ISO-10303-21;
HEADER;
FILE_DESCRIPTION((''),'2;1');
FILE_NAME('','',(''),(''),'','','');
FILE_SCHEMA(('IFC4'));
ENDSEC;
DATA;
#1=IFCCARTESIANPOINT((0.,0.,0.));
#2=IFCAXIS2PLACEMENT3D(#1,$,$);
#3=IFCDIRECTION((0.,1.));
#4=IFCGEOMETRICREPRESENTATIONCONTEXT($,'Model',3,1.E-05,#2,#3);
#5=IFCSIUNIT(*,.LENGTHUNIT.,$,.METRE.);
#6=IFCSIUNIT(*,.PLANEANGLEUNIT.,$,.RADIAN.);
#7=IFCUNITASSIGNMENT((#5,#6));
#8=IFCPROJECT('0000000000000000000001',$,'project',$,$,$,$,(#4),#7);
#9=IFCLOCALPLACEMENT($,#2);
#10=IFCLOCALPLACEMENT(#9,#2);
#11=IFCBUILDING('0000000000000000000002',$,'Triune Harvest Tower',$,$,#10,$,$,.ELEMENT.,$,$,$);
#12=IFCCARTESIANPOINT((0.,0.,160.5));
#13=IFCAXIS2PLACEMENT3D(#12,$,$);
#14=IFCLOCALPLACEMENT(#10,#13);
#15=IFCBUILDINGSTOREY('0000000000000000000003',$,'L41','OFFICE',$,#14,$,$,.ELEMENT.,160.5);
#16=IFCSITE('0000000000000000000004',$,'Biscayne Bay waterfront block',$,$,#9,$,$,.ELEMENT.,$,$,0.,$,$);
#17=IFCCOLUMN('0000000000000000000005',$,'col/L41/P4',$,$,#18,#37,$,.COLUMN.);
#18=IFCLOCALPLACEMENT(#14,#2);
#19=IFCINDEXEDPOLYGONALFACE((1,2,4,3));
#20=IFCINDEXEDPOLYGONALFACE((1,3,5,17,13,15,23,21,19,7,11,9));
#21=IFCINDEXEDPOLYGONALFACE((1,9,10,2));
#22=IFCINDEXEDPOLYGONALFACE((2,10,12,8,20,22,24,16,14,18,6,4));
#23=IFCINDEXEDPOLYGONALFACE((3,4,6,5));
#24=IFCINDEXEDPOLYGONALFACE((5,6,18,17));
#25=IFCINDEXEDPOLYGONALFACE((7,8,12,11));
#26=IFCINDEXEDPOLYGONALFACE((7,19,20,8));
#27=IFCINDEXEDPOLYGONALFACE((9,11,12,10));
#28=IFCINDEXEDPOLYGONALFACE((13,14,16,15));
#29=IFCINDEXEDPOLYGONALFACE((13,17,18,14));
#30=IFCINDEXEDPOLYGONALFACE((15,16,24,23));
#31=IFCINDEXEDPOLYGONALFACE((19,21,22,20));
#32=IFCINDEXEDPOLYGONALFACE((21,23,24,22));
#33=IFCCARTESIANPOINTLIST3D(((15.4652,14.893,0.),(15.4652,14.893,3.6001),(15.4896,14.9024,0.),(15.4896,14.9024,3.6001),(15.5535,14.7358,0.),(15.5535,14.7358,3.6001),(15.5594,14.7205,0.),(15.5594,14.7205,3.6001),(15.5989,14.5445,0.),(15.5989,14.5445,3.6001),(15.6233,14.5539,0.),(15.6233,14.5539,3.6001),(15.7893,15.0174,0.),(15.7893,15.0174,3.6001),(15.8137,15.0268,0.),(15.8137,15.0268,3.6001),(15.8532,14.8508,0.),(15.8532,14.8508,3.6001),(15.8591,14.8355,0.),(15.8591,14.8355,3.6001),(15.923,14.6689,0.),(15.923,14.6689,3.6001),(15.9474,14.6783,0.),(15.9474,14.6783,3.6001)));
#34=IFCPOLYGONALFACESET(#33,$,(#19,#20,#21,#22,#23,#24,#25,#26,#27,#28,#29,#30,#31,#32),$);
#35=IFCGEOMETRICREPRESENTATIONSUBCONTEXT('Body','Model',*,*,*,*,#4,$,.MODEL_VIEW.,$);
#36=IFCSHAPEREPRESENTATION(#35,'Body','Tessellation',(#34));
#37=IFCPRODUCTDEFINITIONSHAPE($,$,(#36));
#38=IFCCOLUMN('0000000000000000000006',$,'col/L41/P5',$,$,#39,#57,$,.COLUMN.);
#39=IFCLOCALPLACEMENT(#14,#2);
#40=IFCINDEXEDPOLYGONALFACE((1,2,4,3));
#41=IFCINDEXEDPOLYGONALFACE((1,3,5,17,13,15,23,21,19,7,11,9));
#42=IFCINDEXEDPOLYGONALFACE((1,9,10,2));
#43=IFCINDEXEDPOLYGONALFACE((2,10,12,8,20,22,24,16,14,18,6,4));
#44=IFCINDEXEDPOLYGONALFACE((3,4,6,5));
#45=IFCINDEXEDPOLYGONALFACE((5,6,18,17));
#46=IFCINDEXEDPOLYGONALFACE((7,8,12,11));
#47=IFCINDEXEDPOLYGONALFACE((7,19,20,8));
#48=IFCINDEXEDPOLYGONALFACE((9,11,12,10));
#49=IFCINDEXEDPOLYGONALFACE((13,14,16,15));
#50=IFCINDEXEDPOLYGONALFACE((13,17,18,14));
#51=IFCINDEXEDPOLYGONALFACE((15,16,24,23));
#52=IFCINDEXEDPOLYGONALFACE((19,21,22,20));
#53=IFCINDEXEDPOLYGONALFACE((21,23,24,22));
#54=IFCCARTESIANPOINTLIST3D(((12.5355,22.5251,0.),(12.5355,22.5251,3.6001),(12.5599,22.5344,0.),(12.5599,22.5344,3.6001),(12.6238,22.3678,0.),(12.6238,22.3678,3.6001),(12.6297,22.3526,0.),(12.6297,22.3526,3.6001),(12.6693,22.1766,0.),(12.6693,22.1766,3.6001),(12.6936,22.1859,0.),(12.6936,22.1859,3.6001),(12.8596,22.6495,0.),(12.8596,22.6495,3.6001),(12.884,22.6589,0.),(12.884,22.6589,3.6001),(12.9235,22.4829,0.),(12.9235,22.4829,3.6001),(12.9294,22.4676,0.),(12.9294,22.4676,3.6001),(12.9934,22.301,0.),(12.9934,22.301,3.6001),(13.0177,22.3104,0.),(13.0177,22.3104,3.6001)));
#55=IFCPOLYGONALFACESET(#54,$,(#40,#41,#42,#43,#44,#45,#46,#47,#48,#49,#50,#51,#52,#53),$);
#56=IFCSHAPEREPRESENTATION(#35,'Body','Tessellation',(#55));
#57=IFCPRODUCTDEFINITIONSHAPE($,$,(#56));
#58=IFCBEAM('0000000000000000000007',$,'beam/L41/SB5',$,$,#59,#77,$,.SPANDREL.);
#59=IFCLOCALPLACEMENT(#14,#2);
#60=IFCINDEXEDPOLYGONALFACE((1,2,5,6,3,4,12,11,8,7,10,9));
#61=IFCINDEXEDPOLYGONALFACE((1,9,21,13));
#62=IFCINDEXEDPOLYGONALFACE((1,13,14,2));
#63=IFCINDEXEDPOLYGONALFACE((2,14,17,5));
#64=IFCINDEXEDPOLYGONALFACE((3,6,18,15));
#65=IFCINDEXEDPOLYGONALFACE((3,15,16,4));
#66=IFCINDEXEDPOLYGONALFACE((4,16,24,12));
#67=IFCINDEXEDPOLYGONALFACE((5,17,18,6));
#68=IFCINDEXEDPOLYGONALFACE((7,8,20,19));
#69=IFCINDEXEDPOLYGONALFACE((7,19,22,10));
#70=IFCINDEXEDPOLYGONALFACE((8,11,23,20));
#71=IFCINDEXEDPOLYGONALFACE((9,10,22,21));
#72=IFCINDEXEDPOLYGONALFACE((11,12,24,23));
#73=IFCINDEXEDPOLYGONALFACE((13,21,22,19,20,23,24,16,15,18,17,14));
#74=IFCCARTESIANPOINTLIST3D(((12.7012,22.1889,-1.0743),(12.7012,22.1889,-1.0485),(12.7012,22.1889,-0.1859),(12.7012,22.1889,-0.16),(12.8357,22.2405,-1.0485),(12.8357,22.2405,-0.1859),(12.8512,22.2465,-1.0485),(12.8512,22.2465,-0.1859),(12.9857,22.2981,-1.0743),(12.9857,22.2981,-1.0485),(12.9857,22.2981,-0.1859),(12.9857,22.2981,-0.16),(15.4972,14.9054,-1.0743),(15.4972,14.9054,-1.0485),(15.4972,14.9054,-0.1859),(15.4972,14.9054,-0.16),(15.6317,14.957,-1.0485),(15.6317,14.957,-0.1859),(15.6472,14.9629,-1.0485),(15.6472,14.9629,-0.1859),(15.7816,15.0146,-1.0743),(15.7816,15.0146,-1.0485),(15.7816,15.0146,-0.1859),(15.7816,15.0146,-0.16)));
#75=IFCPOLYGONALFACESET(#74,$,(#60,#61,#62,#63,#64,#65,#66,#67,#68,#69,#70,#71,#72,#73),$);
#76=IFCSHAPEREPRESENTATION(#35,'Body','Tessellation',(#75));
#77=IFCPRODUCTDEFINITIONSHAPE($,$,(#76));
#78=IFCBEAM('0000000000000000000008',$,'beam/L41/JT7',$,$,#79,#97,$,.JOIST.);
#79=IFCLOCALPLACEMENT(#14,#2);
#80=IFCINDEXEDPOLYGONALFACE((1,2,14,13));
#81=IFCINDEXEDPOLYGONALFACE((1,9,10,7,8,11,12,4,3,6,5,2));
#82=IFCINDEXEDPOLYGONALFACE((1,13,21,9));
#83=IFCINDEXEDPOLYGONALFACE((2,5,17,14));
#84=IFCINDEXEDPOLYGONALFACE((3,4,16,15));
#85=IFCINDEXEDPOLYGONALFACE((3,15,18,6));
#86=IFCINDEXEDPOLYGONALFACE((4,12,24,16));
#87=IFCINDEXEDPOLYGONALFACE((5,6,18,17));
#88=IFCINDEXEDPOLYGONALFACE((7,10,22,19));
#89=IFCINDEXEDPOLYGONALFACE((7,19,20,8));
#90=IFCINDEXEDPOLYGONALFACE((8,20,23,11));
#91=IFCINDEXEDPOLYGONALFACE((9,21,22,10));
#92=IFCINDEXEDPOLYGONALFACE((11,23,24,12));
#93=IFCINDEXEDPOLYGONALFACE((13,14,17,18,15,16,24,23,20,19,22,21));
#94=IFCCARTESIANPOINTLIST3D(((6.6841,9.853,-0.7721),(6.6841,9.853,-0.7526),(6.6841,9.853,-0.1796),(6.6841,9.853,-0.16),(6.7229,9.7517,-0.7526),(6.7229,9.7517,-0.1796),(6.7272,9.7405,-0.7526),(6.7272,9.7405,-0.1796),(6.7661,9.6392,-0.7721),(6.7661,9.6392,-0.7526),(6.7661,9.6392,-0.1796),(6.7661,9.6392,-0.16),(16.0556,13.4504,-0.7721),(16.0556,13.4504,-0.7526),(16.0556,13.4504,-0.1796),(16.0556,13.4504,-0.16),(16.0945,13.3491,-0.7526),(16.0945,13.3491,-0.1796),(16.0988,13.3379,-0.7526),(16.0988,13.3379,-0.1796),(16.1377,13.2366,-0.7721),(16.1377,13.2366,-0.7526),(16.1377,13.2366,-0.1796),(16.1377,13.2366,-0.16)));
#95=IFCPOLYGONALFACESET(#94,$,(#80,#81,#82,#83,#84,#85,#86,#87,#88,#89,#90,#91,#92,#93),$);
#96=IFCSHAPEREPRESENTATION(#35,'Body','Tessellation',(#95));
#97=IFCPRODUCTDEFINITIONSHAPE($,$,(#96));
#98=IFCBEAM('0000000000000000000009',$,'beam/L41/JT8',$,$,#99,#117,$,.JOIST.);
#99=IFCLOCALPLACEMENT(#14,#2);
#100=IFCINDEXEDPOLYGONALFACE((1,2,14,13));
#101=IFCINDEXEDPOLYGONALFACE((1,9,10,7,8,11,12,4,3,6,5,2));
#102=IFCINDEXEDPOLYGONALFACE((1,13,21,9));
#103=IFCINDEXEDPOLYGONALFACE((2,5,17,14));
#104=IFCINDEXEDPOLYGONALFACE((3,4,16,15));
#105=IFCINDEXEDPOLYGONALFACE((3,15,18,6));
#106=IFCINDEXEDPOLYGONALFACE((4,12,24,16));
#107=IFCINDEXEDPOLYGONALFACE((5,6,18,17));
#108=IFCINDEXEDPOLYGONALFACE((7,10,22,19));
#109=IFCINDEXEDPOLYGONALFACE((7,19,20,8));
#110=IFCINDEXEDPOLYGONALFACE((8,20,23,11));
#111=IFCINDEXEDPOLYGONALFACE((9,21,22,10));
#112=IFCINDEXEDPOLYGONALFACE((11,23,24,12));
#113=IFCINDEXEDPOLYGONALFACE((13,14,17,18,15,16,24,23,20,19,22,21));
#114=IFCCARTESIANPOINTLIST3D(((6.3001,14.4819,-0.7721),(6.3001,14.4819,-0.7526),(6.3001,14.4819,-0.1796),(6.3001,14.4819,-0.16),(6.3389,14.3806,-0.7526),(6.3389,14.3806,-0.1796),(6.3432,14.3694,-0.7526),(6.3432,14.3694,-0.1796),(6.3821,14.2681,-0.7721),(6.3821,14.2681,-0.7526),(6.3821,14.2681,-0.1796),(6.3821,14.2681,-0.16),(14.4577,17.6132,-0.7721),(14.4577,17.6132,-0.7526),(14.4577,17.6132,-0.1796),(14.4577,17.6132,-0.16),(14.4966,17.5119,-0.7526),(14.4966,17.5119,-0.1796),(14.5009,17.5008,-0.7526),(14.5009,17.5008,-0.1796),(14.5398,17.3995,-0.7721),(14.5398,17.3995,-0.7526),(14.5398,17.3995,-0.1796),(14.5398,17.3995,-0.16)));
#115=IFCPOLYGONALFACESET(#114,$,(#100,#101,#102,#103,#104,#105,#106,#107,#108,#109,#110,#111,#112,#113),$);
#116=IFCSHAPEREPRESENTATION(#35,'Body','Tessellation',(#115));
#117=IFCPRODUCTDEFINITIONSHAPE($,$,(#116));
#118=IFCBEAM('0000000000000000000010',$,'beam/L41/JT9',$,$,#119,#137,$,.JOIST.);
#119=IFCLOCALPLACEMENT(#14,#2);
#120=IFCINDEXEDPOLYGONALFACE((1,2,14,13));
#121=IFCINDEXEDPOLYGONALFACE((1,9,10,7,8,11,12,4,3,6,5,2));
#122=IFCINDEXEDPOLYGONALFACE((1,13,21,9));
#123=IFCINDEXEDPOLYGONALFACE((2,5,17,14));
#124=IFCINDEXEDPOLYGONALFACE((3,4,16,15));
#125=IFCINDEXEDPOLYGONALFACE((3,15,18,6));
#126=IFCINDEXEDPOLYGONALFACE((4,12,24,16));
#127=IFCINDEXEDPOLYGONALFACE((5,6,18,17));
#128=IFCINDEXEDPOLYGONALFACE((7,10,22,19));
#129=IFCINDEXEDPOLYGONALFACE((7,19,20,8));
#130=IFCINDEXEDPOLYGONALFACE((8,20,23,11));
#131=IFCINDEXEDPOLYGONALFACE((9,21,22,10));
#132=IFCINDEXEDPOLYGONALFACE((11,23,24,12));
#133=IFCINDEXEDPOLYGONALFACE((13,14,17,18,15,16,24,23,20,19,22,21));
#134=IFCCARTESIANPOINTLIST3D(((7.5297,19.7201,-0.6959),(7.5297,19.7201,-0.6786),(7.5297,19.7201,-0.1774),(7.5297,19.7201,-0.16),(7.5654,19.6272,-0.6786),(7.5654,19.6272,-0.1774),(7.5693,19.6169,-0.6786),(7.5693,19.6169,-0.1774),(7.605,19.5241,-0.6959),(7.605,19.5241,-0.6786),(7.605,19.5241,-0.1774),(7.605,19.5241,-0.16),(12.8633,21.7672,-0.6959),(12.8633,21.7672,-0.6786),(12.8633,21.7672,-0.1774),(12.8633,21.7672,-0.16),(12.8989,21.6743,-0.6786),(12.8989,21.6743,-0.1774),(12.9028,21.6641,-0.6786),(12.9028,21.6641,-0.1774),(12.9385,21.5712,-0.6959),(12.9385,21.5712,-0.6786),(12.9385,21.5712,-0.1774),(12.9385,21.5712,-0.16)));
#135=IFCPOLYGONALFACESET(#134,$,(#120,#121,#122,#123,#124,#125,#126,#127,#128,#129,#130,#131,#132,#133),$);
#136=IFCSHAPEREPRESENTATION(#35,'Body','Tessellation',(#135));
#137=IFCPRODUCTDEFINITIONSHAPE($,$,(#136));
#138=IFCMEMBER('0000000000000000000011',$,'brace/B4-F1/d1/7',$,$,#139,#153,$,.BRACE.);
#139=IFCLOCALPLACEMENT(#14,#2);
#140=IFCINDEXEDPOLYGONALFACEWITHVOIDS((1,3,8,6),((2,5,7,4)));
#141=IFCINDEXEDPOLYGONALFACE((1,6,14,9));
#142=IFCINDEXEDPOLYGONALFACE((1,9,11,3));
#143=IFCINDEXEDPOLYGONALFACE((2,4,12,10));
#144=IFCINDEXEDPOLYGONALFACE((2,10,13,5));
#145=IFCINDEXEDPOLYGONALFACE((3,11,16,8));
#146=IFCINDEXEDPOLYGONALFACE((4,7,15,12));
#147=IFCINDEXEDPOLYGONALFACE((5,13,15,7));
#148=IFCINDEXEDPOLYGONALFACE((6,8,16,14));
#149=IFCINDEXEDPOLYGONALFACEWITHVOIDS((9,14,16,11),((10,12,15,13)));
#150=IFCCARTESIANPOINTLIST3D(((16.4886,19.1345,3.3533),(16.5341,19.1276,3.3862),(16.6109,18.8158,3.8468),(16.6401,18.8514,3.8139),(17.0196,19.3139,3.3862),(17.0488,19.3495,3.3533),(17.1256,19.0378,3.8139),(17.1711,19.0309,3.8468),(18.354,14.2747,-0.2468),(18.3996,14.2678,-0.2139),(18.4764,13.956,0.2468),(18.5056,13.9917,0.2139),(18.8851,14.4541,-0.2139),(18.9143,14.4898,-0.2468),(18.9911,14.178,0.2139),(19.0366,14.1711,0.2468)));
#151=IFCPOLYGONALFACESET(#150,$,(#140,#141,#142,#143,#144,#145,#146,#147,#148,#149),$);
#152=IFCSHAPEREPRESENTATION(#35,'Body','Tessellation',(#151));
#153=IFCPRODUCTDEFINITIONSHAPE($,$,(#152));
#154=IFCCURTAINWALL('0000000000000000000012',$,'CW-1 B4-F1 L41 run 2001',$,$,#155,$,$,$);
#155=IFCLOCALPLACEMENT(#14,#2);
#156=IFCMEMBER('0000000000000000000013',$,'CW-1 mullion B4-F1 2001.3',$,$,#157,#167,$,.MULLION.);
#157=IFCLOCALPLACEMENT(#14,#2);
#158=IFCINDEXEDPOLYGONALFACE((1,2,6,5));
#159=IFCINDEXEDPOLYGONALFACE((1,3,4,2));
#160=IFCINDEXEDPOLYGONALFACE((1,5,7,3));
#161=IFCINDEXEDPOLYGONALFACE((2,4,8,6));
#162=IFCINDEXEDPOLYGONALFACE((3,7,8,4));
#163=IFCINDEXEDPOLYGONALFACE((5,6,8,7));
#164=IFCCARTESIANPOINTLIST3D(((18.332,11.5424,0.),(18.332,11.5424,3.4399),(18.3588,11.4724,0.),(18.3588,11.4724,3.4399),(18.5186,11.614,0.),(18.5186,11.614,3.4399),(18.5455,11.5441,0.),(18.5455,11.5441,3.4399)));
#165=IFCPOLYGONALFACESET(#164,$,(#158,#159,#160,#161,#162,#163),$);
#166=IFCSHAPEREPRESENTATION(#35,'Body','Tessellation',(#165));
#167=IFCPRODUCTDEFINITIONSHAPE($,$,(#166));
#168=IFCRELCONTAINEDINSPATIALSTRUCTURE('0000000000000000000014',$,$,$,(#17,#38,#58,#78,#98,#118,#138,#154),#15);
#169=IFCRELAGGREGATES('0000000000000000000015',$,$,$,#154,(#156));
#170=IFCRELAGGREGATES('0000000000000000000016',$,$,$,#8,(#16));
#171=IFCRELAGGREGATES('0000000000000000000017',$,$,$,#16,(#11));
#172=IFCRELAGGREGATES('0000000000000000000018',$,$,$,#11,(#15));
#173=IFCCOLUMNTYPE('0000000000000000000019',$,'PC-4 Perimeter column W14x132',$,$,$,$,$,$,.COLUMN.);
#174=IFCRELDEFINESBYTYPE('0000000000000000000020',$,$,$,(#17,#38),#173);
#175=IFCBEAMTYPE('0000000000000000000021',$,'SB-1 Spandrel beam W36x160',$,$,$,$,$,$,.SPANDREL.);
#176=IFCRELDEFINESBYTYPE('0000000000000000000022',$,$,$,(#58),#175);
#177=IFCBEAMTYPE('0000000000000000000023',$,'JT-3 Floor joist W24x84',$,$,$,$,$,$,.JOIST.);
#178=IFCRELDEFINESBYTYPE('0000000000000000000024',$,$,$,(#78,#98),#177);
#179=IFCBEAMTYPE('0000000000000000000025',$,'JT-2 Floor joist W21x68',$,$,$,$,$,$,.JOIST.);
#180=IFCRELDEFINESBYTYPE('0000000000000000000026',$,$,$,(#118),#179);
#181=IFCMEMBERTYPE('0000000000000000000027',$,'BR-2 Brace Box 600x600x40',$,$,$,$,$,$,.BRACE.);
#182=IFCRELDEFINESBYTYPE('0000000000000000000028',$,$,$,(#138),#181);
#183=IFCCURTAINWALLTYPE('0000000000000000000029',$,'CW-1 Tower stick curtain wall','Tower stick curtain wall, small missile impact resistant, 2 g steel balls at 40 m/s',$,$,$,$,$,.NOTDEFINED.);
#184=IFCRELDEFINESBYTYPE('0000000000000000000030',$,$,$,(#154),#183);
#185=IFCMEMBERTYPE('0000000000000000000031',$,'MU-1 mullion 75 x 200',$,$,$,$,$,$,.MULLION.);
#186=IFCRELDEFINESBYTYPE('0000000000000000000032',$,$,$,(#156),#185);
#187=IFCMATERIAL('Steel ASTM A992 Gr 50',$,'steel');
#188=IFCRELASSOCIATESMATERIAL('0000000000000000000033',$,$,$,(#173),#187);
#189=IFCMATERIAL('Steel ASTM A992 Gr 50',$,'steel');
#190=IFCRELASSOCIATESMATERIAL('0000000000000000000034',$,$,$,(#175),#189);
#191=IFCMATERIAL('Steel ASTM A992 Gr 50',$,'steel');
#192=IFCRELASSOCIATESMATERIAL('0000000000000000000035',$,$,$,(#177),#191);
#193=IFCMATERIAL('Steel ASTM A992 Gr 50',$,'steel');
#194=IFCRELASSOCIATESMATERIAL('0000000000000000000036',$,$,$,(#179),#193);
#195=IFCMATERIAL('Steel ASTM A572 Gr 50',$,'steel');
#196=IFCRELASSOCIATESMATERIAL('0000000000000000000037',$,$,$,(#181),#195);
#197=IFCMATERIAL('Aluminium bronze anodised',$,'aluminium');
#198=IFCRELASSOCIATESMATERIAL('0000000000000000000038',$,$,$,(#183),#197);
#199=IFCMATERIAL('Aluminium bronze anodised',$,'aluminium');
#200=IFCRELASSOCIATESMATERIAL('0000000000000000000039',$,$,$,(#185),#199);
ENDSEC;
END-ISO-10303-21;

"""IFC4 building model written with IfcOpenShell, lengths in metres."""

from ifc_helpers import new_model, si_unit, direction, frame, origin, origin_2d, place, context, subcontext, project, spatial, rectangle, hollow_rectangle, i_section, extrude, source, transform, mapped, material, material_profile, profile_set, type_object, element, aggregate, save


model = new_model("IFC4")

# Units and contexts
model_context = context("Model", 3, precision=1e-05, world=origin(), true_north=direction((0.0, 1.0)))
body_context = subcontext(model_context, "Body", "Model", "MODEL_VIEW")
ifc_project = project(units=[si_unit("LENGTHUNIT", "METRE"), si_unit("PLANEANGLEUNIT", "RADIAN")], contexts=[model_context])

# Site, building, storey
site_placement = place(None, origin())
site = spatial("IfcSite", under=ifc_project, at=site_placement, Name="Biscayne Bay waterfront block", CompositionType="ELEMENT", RefElevation=0.0)
building_placement = place(site_placement, origin())
building = spatial("IfcBuilding", under=site, at=building_placement, Name="Triune Harvest Tower", CompositionType="ELEMENT")
storey_placement = place(building_placement, frame((0.0, 0.0, 160.5)))
storey = spatial("IfcBuildingStorey", under=building, at=storey_placement, Name="L41", Description="OFFICE", CompositionType="ELEMENT", Elevation=160.5)

# Columns
ifc_material_1 = material(Name="Steel ASTM A992 Gr 50", Category="steel")
ifc_material_profile_1 = material_profile(ifc_material_1, i_section(OverallWidth=0.3733, OverallDepth=0.3733, WebThickness=0.0164, FlangeThickness=0.0261, at=origin_2d()), Name="W14x132")
ifc_profile_set_1 = profile_set([ifc_material_profile_1], Name="Steel ASTM A992 Gr 50")
column_type = type_object("IfcColumnType", Name="PC-4 Perimeter column W14x132", PredefinedType="COLUMN", material=ifc_profile_set_1)
shared_shape_1 = source(origin(), body_context, "Body", "SweptSolid", [
    extrude(i_section(OverallWidth=0.3733, OverallDepth=0.3733, WebThickness=0.0164, FlangeThickness=0.0261, at=origin_2d()), origin(), (0.0, 0.0, 1.0), 3.6001),
])
for number, where, z_axis, x_axis, name in (
    (1, (15.7063, 14.7856, 0.0), (0.0, 0.0, 1.0), (-0.358368, 0.93358, 0.0), "col/L41/P4"),
    (2, (12.7766, 22.4177, 0.0), (0.0, 0.0, 1.0), (-0.358368, 0.93358, 0.0), "col/L41/P5"),
):
    element("IfcColumn", number, at=place(storey_placement, frame(where, z_axis=z_axis, x_axis=x_axis)), inside=storey, type_object=column_type, Name=name, PredefinedType="COLUMN", context=body_context, shape_type="MappedRepresentation", body=[
        mapped(shared_shape_1, transform((0.0, 0.0, 0.0), scale=1.0)),
    ])

# Beams
ifc_material_2 = material(Name="Steel ASTM A992 Gr 50", Category="steel")
ifc_material_profile_2 = material_profile(ifc_material_2, i_section(OverallWidth=0.3047, OverallDepth=0.9143, WebThickness=0.0166, FlangeThickness=0.0259, at=origin_2d()), Name="W36x160")
ifc_profile_set_2 = profile_set([ifc_material_profile_2], Name="Steel ASTM A992 Gr 50")
beam_type_1 = type_object("IfcBeamType", Name="SB-1 Spandrel beam W36x160", PredefinedType="SPANDREL", material=ifc_profile_set_2)
shared_shape_2 = source(origin(), body_context, "Body", "SweptSolid", [
    extrude(i_section(OverallWidth=0.3047, OverallDepth=0.9143, WebThickness=0.0166, FlangeThickness=0.0259, at=origin_2d()), origin(), (0.0, 0.0, 1.0), 7.8018),
])
beam_1_placement = place(storey_placement, frame((15.6394, 14.96, -0.6172), z_axis=(-0.358373, 0.933578, 0.0), x_axis=(-0.933578, -0.358373, 0.0)))
element("IfcBeam", 3, at=beam_1_placement, inside=storey, type_object=beam_type_1, Name="beam/L41/SB5", PredefinedType="SPANDREL", context=body_context, shape_type="MappedRepresentation", body=[
    mapped(shared_shape_2, transform((0.0, 0.0, 0.0), scale=1.0)),
])
ifc_material_3 = material(Name="Steel ASTM A992 Gr 50", Category="steel")
ifc_material_profile_3 = material_profile(ifc_material_3, i_section(OverallWidth=0.229, OverallDepth=0.6121, WebThickness=0.012, FlangeThickness=0.0195, at=origin_2d()), Name="W24x84")
ifc_profile_set_3 = profile_set([ifc_material_profile_3], Name="Steel ASTM A992 Gr 50")
beam_type_2 = type_object("IfcBeamType", Name="JT-3 Floor joist W24x84", PredefinedType="JOIST", material=ifc_profile_set_3)
shared_shape_3 = source(origin(), body_context, "Body", "SweptSolid", [
    extrude(i_section(OverallWidth=0.229, OverallDepth=0.6121, WebThickness=0.012, FlangeThickness=0.0195, at=origin_2d()), origin(), (0.0, 0.0, 1.0), 10.0383),
])
beam_2_placement = place(storey_placement, frame((16.0967, 13.3435, -0.4661), z_axis=(-0.93358, -0.358368, 0.0), x_axis=(0.358368, -0.93358, 0.0)))
element("IfcBeam", 4, at=beam_2_placement, inside=storey, type_object=beam_type_2, Name="beam/L41/JT7", PredefinedType="JOIST", context=body_context, shape_type="MappedRepresentation", body=[
    mapped(shared_shape_3, transform((0.0, 0.0, 0.0), scale=1.0)),
])
shared_shape_4 = source(origin(), body_context, "Body", "SweptSolid", [
    extrude(i_section(OverallWidth=0.229, OverallDepth=0.6121, WebThickness=0.012, FlangeThickness=0.0195, at=origin_2d()), origin(), (0.0, 0.0, 1.0), 8.738),
])
beam_3_placement = place(storey_placement, frame((14.4988, 17.5063, -0.4661), z_axis=(-0.933584, -0.358357, 0.0), x_axis=(0.358357, -0.933584, 0.0)))
element("IfcBeam", 5, at=beam_3_placement, inside=storey, type_object=beam_type_2, Name="beam/L41/JT8", PredefinedType="JOIST", context=body_context, shape_type="MappedRepresentation", body=[
    mapped(shared_shape_4, transform((0.0, 0.0, 0.0), scale=1.0)),
])
ifc_material_4 = material(Name="Steel ASTM A992 Gr 50", Category="steel")
ifc_material_profile_4 = material_profile(ifc_material_4, i_section(OverallWidth=0.21, OverallDepth=0.5359, WebThickness=0.011, FlangeThickness=0.0173, at=origin_2d()), Name="W21x68")
ifc_profile_set_4 = profile_set([ifc_material_profile_4], Name="Steel ASTM A992 Gr 50")
beam_type_3 = type_object("IfcBeamType", Name="JT-2 Floor joist W21x68", PredefinedType="JOIST", material=ifc_profile_set_4)
shared_shape_5 = source(origin(), body_context, "Body", "SweptSolid", [
    extrude(i_section(OverallWidth=0.21, OverallDepth=0.5359, WebThickness=0.011, FlangeThickness=0.0173, at=origin_2d()), origin(), (0.0, 0.0, 1.0), 5.7129),
])
beam_4_placement = place(storey_placement, frame((12.9009, 21.6692, -0.428), z_axis=(-0.933593, -0.358335, 0.0), x_axis=(0.358335, -0.933593, 0.0)))
element("IfcBeam", 6, at=beam_4_placement, inside=storey, type_object=beam_type_3, Name="beam/L41/JT9", PredefinedType="JOIST", context=body_context, shape_type="MappedRepresentation", body=[
    mapped(shared_shape_5, transform((0.0, 0.0, 0.0), scale=1.0)),
])

# Member
ifc_material_5 = material(Name="Steel ASTM A572 Gr 50", Category="steel")
ifc_material_profile_5 = material_profile(ifc_material_5, hollow_rectangle(XDim=0.6001, YDim=0.6001, WallThickness=0.04, at=origin_2d()), Name="Box 600x600x40")
ifc_profile_set_5 = profile_set([ifc_material_profile_5], Name="Steel ASTM A572 Gr 50")
member_type_1 = type_object("IfcMemberType", Name="BR-2 Brace Box 600x600x40", PredefinedType="BRACE", material=ifc_profile_set_5)
shared_shape_6 = source(origin(), body_context, "Body", "SweptSolid", [
    extrude(hollow_rectangle(XDim=0.6001, YDim=0.6001, WallThickness=0.04, at=origin_2d()), origin(), (0.0, 0.0, 1.0), 6.3291),
])
member_1_placement = place(storey_placement, frame((18.6953, 14.2229, 0.0), z_axis=(-0.294741, 0.767846, 0.568806), x_axis=(-0.933584, -0.35836, 0.0)))
element("IfcMember", 7, at=member_1_placement, inside=storey, type_object=member_type_1, Name="brace/B4-F1/d1/7", PredefinedType="BRACE", context=body_context, shape_type="MappedRepresentation", body=[
    mapped(shared_shape_6, transform((0.0, 0.0, 0.0), scale=1.0)),
])

# Curtain wall, member
ifc_material_6 = material(Name="Aluminium bronze anodised", Category="aluminium")
curtain_wall_type_1 = type_object("IfcCurtainWallType", Name="CW-1 Tower stick curtain wall", Description="Tower stick curtain wall, small missile impact resistant, 2 g steel balls at 40 m/s", PredefinedType="NOTDEFINED", material=ifc_material_6)
curtain_wall_1_placement = place(storey_placement, origin())
curtain_wall_1 = element("IfcCurtainWall", 8, at=curtain_wall_1_placement, inside=storey, type_object=curtain_wall_type_1, Name="CW-1 B4-F1 L41 run 2001")
ifc_material_7 = material(Name="Aluminium bronze anodised", Category="aluminium")
ifc_material_profile_6 = material_profile(ifc_material_7, rectangle(XDim=0.2, YDim=0.075, at=origin_2d()), Name="MU-1 mullion 75 x 200")
ifc_profile_set_6 = profile_set([ifc_material_profile_6], Name="Aluminium bronze anodised")
member_type_2 = type_object("IfcMemberType", Name="MU-1 mullion 75 x 200", PredefinedType="MULLION", material=ifc_profile_set_6)
shared_shape_7 = source(origin(), body_context, "Body", "SweptSolid", [
    extrude(rectangle(XDim=0.2, YDim=0.075, at=origin_2d()), origin(), (0.0, 0.0, 1.0), 3.4399),
])
member_2_placement = place(storey_placement, frame((18.4387, 11.5432, 0.0), z_axis=(0.0, 0.0, 1.0), x_axis=(-0.933581, -0.358366, 0.0)))
member_2 = element("IfcMember", 9, at=member_2_placement, type_object=member_type_2, Name="CW-1 mullion B4-F1 2001.3", PredefinedType="MULLION", context=body_context, shape_type="MappedRepresentation", body=[
    mapped(shared_shape_7, transform((0.0, 0.0, 0.0), scale=1.0)),
])
aggregate(curtain_wall_1, [member_2])

save(model, "model.ifc")
